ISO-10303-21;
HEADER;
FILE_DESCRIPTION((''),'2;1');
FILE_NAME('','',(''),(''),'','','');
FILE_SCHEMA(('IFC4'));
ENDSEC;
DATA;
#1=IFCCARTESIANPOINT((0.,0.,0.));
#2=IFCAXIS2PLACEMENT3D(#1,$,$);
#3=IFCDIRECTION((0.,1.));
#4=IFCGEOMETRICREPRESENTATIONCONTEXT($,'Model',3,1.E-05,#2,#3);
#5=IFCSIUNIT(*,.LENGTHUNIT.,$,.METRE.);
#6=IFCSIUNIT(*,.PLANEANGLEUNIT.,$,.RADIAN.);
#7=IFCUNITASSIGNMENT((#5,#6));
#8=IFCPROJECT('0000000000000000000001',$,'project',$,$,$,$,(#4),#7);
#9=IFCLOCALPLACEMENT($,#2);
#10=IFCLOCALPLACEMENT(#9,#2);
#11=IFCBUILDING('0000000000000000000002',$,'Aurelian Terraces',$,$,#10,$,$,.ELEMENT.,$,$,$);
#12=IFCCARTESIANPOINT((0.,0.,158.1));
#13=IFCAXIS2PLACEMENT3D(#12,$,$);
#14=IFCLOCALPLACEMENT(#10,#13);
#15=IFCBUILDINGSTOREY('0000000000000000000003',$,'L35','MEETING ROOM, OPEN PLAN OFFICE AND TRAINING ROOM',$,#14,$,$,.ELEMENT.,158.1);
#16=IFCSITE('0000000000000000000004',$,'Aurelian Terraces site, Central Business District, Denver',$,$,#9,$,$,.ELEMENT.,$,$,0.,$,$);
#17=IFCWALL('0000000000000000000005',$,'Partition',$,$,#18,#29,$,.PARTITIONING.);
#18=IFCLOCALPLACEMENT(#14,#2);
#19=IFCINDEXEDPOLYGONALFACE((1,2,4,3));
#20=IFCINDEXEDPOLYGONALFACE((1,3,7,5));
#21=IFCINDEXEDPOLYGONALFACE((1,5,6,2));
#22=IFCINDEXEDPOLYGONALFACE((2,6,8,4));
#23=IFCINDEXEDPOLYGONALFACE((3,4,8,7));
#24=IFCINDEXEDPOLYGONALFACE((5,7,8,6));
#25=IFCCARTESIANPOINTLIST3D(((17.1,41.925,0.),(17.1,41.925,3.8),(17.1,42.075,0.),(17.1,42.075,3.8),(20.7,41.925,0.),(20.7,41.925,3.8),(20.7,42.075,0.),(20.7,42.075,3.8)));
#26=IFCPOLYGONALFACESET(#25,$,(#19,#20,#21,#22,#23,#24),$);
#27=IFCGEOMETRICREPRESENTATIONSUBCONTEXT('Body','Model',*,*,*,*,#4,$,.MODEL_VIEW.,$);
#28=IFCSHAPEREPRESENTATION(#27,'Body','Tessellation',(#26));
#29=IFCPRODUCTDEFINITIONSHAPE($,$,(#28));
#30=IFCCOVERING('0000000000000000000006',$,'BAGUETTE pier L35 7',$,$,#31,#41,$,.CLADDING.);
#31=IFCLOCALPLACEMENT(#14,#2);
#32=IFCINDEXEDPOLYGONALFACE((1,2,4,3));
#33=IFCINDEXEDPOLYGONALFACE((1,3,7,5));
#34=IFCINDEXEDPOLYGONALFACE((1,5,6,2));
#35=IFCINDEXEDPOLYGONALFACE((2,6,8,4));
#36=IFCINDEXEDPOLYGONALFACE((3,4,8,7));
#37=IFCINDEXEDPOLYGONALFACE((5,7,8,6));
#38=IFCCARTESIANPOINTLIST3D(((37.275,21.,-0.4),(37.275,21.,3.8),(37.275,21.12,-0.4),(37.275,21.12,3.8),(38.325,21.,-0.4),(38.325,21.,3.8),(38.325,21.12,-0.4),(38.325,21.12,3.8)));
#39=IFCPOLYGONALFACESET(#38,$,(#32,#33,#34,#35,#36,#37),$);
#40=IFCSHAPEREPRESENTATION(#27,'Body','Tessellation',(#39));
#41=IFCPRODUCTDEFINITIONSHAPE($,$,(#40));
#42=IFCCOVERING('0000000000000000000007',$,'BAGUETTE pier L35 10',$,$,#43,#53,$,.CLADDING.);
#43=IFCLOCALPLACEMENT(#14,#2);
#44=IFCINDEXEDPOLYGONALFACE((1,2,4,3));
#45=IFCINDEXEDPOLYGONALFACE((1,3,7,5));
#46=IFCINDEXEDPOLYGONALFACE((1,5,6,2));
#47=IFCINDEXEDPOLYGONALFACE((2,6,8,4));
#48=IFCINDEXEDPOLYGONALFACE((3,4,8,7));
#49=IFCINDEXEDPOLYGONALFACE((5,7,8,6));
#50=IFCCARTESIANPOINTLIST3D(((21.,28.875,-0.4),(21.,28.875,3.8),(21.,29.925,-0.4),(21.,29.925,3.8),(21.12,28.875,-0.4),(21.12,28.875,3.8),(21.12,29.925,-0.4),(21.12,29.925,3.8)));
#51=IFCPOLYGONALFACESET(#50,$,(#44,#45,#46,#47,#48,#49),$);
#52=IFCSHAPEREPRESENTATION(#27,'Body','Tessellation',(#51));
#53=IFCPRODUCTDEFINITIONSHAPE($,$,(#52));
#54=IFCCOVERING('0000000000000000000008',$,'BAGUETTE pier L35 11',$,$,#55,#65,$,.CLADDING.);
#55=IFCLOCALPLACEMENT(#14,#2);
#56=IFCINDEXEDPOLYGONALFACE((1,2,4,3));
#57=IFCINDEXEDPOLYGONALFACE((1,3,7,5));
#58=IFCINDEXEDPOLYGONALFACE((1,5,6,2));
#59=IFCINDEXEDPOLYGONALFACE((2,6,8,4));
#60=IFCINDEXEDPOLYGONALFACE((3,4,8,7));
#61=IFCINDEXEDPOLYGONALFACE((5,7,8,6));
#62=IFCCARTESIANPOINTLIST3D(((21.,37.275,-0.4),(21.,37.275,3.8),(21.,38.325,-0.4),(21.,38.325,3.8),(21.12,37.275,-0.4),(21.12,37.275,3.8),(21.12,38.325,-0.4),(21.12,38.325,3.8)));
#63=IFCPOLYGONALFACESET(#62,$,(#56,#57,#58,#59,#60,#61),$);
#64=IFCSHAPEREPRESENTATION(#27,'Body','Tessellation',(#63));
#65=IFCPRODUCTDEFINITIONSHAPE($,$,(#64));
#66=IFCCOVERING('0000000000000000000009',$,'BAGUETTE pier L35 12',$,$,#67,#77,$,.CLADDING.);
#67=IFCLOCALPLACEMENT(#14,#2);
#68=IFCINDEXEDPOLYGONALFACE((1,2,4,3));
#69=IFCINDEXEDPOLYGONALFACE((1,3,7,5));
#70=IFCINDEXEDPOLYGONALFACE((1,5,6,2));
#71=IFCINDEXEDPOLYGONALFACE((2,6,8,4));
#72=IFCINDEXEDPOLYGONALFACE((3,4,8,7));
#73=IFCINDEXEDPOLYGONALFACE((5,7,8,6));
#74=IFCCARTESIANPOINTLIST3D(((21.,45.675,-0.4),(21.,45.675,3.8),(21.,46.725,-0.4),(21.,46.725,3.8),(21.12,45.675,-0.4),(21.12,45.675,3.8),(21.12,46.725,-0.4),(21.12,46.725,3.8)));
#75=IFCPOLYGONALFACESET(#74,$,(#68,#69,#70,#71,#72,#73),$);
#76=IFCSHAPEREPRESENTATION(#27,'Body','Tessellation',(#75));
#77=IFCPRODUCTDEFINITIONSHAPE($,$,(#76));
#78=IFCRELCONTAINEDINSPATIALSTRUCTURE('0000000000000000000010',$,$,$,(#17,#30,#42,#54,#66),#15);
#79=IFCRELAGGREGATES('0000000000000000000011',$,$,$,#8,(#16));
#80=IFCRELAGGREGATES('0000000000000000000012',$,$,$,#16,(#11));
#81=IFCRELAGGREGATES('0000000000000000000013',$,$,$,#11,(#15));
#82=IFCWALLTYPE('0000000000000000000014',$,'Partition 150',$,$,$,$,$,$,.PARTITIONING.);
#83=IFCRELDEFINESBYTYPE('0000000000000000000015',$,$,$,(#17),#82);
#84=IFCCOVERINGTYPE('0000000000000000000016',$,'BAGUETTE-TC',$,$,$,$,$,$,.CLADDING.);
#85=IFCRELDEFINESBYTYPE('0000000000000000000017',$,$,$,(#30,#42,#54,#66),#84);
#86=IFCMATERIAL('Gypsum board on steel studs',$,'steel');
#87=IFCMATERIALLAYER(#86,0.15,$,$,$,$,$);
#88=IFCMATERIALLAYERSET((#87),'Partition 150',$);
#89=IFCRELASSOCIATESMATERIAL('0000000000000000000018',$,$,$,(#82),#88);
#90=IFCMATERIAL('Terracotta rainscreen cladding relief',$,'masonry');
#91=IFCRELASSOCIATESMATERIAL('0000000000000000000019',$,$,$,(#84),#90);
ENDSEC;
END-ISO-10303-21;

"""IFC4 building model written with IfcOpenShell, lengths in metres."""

from ifc_helpers import new_model, si_unit, direction, frame, frame_2d, origin, origin_2d, place, context, subcontext, project, spatial, rectangle, extrude, source, transform, mapped, material, layer, layer_set, type_object, element, save


model = new_model("IFC4")

# Units and contexts
model_context = context("Model", 3, precision=1e-05, world=origin(), true_north=direction((0.0, 1.0)))
body_context = subcontext(model_context, "Body", "Model", "MODEL_VIEW")
ifc_project = project(units=[si_unit("LENGTHUNIT", "METRE"), si_unit("PLANEANGLEUNIT", "RADIAN")], contexts=[model_context])

# Site, building, storey
site_placement = place(None, origin())
site = spatial("IfcSite", under=ifc_project, at=site_placement, Name="Aurelian Terraces site, Central Business District, Denver", CompositionType="ELEMENT", RefElevation=0.0)
building_placement = place(site_placement, origin())
building = spatial("IfcBuilding", under=site, at=building_placement, Name="Aurelian Terraces", CompositionType="ELEMENT")
storey_placement = place(building_placement, frame((0.0, 0.0, 158.1)))
storey = spatial("IfcBuildingStorey", under=building, at=storey_placement, Name="L35", Description="MEETING ROOM, OPEN PLAN OFFICE AND TRAINING ROOM", CompositionType="ELEMENT", Elevation=158.1)

# Wall
ifc_material_1 = material(Name="Gypsum board on steel studs", Category="steel")
ifc_layer_1 = layer(ifc_material_1, 0.15)
ifc_layer_set_1 = layer_set([ifc_layer_1], Name="Partition 150")
wall_type_1 = type_object("IfcWallType", Name="Partition 150", PredefinedType="PARTITIONING", material=ifc_layer_set_1)
shared_shape_1 = source(origin(), body_context, "Body", "SweptSolid", [
    extrude(rectangle(XDim=3.6, YDim=0.15, at=frame_2d((1.8, 0.0))), origin(), (0.0, 0.0, 1.0), 3.8),
])
wall_1_placement = place(storey_placement, frame((20.7, 42.0, 0.0), z_axis=(0.0, 0.0, 1.0), x_axis=(-1.0, 0.0, 0.0)))
element("IfcWall", 1, at=wall_1_placement, inside=storey, type_object=wall_type_1, Name="Partition", PredefinedType="PARTITIONING", context=body_context, shape_type="MappedRepresentation", body=[
    mapped(shared_shape_1, transform((0.0, 0.0, 0.0), scale=1.0)),
])

# Coverings
ifc_material_2 = material(Name="Terracotta rainscreen cladding relief", Category="masonry")
covering_type = type_object("IfcCoveringType", Name="BAGUETTE-TC", PredefinedType="CLADDING", material=ifc_material_2)
shared_shape_2 = source(origin(), body_context, "Body", "SweptSolid", [
    extrude(rectangle(XDim=1.05, YDim=0.12, at=origin_2d()), origin(), (0.0, 0.0, 1.0), 4.2),
])
covering_placement = place(storey_placement, frame((37.8, 21.06, -0.4), z_axis=(0.0, 0.0, 1.0), x_axis=(1.0, 0.0, 0.0)))
element("IfcCovering", 2, at=covering_placement, inside=storey, type_object=covering_type, Name="BAGUETTE pier L35 7", PredefinedType="CLADDING", context=body_context, shape_type="MappedRepresentation", body=[
    mapped(shared_shape_2, transform((0.0, 0.0, 0.0), scale=1.0)),
])
shared_shape_3 = source(origin(), body_context, "Body", "SweptSolid", [
    extrude(rectangle(XDim=0.12, YDim=1.05, at=origin_2d()), origin(), (0.0, 0.0, 1.0), 4.2),
])
for number, where, z_axis, x_axis, name in (
    (3, (21.06, 29.4, -0.4), (0.0, 0.0, 1.0), (1.0, 0.0, 0.0), "BAGUETTE pier L35 10"),
    (4, (21.06, 37.8, -0.4), (0.0, 0.0, 1.0), (1.0, 0.0, 0.0), "BAGUETTE pier L35 11"),
    (5, (21.06, 46.2, -0.4), (0.0, 0.0, 1.0), (1.0, 0.0, 0.0), "BAGUETTE pier L35 12"),
):
    element("IfcCovering", number, at=place(storey_placement, frame(where, z_axis=z_axis, x_axis=x_axis)), inside=storey, type_object=covering_type, Name=name, PredefinedType="CLADDING", context=body_context, shape_type="MappedRepresentation", body=[
        mapped(shared_shape_3, transform((0.0, 0.0, 0.0), scale=1.0)),
    ])

save(model, "model.ifc")
